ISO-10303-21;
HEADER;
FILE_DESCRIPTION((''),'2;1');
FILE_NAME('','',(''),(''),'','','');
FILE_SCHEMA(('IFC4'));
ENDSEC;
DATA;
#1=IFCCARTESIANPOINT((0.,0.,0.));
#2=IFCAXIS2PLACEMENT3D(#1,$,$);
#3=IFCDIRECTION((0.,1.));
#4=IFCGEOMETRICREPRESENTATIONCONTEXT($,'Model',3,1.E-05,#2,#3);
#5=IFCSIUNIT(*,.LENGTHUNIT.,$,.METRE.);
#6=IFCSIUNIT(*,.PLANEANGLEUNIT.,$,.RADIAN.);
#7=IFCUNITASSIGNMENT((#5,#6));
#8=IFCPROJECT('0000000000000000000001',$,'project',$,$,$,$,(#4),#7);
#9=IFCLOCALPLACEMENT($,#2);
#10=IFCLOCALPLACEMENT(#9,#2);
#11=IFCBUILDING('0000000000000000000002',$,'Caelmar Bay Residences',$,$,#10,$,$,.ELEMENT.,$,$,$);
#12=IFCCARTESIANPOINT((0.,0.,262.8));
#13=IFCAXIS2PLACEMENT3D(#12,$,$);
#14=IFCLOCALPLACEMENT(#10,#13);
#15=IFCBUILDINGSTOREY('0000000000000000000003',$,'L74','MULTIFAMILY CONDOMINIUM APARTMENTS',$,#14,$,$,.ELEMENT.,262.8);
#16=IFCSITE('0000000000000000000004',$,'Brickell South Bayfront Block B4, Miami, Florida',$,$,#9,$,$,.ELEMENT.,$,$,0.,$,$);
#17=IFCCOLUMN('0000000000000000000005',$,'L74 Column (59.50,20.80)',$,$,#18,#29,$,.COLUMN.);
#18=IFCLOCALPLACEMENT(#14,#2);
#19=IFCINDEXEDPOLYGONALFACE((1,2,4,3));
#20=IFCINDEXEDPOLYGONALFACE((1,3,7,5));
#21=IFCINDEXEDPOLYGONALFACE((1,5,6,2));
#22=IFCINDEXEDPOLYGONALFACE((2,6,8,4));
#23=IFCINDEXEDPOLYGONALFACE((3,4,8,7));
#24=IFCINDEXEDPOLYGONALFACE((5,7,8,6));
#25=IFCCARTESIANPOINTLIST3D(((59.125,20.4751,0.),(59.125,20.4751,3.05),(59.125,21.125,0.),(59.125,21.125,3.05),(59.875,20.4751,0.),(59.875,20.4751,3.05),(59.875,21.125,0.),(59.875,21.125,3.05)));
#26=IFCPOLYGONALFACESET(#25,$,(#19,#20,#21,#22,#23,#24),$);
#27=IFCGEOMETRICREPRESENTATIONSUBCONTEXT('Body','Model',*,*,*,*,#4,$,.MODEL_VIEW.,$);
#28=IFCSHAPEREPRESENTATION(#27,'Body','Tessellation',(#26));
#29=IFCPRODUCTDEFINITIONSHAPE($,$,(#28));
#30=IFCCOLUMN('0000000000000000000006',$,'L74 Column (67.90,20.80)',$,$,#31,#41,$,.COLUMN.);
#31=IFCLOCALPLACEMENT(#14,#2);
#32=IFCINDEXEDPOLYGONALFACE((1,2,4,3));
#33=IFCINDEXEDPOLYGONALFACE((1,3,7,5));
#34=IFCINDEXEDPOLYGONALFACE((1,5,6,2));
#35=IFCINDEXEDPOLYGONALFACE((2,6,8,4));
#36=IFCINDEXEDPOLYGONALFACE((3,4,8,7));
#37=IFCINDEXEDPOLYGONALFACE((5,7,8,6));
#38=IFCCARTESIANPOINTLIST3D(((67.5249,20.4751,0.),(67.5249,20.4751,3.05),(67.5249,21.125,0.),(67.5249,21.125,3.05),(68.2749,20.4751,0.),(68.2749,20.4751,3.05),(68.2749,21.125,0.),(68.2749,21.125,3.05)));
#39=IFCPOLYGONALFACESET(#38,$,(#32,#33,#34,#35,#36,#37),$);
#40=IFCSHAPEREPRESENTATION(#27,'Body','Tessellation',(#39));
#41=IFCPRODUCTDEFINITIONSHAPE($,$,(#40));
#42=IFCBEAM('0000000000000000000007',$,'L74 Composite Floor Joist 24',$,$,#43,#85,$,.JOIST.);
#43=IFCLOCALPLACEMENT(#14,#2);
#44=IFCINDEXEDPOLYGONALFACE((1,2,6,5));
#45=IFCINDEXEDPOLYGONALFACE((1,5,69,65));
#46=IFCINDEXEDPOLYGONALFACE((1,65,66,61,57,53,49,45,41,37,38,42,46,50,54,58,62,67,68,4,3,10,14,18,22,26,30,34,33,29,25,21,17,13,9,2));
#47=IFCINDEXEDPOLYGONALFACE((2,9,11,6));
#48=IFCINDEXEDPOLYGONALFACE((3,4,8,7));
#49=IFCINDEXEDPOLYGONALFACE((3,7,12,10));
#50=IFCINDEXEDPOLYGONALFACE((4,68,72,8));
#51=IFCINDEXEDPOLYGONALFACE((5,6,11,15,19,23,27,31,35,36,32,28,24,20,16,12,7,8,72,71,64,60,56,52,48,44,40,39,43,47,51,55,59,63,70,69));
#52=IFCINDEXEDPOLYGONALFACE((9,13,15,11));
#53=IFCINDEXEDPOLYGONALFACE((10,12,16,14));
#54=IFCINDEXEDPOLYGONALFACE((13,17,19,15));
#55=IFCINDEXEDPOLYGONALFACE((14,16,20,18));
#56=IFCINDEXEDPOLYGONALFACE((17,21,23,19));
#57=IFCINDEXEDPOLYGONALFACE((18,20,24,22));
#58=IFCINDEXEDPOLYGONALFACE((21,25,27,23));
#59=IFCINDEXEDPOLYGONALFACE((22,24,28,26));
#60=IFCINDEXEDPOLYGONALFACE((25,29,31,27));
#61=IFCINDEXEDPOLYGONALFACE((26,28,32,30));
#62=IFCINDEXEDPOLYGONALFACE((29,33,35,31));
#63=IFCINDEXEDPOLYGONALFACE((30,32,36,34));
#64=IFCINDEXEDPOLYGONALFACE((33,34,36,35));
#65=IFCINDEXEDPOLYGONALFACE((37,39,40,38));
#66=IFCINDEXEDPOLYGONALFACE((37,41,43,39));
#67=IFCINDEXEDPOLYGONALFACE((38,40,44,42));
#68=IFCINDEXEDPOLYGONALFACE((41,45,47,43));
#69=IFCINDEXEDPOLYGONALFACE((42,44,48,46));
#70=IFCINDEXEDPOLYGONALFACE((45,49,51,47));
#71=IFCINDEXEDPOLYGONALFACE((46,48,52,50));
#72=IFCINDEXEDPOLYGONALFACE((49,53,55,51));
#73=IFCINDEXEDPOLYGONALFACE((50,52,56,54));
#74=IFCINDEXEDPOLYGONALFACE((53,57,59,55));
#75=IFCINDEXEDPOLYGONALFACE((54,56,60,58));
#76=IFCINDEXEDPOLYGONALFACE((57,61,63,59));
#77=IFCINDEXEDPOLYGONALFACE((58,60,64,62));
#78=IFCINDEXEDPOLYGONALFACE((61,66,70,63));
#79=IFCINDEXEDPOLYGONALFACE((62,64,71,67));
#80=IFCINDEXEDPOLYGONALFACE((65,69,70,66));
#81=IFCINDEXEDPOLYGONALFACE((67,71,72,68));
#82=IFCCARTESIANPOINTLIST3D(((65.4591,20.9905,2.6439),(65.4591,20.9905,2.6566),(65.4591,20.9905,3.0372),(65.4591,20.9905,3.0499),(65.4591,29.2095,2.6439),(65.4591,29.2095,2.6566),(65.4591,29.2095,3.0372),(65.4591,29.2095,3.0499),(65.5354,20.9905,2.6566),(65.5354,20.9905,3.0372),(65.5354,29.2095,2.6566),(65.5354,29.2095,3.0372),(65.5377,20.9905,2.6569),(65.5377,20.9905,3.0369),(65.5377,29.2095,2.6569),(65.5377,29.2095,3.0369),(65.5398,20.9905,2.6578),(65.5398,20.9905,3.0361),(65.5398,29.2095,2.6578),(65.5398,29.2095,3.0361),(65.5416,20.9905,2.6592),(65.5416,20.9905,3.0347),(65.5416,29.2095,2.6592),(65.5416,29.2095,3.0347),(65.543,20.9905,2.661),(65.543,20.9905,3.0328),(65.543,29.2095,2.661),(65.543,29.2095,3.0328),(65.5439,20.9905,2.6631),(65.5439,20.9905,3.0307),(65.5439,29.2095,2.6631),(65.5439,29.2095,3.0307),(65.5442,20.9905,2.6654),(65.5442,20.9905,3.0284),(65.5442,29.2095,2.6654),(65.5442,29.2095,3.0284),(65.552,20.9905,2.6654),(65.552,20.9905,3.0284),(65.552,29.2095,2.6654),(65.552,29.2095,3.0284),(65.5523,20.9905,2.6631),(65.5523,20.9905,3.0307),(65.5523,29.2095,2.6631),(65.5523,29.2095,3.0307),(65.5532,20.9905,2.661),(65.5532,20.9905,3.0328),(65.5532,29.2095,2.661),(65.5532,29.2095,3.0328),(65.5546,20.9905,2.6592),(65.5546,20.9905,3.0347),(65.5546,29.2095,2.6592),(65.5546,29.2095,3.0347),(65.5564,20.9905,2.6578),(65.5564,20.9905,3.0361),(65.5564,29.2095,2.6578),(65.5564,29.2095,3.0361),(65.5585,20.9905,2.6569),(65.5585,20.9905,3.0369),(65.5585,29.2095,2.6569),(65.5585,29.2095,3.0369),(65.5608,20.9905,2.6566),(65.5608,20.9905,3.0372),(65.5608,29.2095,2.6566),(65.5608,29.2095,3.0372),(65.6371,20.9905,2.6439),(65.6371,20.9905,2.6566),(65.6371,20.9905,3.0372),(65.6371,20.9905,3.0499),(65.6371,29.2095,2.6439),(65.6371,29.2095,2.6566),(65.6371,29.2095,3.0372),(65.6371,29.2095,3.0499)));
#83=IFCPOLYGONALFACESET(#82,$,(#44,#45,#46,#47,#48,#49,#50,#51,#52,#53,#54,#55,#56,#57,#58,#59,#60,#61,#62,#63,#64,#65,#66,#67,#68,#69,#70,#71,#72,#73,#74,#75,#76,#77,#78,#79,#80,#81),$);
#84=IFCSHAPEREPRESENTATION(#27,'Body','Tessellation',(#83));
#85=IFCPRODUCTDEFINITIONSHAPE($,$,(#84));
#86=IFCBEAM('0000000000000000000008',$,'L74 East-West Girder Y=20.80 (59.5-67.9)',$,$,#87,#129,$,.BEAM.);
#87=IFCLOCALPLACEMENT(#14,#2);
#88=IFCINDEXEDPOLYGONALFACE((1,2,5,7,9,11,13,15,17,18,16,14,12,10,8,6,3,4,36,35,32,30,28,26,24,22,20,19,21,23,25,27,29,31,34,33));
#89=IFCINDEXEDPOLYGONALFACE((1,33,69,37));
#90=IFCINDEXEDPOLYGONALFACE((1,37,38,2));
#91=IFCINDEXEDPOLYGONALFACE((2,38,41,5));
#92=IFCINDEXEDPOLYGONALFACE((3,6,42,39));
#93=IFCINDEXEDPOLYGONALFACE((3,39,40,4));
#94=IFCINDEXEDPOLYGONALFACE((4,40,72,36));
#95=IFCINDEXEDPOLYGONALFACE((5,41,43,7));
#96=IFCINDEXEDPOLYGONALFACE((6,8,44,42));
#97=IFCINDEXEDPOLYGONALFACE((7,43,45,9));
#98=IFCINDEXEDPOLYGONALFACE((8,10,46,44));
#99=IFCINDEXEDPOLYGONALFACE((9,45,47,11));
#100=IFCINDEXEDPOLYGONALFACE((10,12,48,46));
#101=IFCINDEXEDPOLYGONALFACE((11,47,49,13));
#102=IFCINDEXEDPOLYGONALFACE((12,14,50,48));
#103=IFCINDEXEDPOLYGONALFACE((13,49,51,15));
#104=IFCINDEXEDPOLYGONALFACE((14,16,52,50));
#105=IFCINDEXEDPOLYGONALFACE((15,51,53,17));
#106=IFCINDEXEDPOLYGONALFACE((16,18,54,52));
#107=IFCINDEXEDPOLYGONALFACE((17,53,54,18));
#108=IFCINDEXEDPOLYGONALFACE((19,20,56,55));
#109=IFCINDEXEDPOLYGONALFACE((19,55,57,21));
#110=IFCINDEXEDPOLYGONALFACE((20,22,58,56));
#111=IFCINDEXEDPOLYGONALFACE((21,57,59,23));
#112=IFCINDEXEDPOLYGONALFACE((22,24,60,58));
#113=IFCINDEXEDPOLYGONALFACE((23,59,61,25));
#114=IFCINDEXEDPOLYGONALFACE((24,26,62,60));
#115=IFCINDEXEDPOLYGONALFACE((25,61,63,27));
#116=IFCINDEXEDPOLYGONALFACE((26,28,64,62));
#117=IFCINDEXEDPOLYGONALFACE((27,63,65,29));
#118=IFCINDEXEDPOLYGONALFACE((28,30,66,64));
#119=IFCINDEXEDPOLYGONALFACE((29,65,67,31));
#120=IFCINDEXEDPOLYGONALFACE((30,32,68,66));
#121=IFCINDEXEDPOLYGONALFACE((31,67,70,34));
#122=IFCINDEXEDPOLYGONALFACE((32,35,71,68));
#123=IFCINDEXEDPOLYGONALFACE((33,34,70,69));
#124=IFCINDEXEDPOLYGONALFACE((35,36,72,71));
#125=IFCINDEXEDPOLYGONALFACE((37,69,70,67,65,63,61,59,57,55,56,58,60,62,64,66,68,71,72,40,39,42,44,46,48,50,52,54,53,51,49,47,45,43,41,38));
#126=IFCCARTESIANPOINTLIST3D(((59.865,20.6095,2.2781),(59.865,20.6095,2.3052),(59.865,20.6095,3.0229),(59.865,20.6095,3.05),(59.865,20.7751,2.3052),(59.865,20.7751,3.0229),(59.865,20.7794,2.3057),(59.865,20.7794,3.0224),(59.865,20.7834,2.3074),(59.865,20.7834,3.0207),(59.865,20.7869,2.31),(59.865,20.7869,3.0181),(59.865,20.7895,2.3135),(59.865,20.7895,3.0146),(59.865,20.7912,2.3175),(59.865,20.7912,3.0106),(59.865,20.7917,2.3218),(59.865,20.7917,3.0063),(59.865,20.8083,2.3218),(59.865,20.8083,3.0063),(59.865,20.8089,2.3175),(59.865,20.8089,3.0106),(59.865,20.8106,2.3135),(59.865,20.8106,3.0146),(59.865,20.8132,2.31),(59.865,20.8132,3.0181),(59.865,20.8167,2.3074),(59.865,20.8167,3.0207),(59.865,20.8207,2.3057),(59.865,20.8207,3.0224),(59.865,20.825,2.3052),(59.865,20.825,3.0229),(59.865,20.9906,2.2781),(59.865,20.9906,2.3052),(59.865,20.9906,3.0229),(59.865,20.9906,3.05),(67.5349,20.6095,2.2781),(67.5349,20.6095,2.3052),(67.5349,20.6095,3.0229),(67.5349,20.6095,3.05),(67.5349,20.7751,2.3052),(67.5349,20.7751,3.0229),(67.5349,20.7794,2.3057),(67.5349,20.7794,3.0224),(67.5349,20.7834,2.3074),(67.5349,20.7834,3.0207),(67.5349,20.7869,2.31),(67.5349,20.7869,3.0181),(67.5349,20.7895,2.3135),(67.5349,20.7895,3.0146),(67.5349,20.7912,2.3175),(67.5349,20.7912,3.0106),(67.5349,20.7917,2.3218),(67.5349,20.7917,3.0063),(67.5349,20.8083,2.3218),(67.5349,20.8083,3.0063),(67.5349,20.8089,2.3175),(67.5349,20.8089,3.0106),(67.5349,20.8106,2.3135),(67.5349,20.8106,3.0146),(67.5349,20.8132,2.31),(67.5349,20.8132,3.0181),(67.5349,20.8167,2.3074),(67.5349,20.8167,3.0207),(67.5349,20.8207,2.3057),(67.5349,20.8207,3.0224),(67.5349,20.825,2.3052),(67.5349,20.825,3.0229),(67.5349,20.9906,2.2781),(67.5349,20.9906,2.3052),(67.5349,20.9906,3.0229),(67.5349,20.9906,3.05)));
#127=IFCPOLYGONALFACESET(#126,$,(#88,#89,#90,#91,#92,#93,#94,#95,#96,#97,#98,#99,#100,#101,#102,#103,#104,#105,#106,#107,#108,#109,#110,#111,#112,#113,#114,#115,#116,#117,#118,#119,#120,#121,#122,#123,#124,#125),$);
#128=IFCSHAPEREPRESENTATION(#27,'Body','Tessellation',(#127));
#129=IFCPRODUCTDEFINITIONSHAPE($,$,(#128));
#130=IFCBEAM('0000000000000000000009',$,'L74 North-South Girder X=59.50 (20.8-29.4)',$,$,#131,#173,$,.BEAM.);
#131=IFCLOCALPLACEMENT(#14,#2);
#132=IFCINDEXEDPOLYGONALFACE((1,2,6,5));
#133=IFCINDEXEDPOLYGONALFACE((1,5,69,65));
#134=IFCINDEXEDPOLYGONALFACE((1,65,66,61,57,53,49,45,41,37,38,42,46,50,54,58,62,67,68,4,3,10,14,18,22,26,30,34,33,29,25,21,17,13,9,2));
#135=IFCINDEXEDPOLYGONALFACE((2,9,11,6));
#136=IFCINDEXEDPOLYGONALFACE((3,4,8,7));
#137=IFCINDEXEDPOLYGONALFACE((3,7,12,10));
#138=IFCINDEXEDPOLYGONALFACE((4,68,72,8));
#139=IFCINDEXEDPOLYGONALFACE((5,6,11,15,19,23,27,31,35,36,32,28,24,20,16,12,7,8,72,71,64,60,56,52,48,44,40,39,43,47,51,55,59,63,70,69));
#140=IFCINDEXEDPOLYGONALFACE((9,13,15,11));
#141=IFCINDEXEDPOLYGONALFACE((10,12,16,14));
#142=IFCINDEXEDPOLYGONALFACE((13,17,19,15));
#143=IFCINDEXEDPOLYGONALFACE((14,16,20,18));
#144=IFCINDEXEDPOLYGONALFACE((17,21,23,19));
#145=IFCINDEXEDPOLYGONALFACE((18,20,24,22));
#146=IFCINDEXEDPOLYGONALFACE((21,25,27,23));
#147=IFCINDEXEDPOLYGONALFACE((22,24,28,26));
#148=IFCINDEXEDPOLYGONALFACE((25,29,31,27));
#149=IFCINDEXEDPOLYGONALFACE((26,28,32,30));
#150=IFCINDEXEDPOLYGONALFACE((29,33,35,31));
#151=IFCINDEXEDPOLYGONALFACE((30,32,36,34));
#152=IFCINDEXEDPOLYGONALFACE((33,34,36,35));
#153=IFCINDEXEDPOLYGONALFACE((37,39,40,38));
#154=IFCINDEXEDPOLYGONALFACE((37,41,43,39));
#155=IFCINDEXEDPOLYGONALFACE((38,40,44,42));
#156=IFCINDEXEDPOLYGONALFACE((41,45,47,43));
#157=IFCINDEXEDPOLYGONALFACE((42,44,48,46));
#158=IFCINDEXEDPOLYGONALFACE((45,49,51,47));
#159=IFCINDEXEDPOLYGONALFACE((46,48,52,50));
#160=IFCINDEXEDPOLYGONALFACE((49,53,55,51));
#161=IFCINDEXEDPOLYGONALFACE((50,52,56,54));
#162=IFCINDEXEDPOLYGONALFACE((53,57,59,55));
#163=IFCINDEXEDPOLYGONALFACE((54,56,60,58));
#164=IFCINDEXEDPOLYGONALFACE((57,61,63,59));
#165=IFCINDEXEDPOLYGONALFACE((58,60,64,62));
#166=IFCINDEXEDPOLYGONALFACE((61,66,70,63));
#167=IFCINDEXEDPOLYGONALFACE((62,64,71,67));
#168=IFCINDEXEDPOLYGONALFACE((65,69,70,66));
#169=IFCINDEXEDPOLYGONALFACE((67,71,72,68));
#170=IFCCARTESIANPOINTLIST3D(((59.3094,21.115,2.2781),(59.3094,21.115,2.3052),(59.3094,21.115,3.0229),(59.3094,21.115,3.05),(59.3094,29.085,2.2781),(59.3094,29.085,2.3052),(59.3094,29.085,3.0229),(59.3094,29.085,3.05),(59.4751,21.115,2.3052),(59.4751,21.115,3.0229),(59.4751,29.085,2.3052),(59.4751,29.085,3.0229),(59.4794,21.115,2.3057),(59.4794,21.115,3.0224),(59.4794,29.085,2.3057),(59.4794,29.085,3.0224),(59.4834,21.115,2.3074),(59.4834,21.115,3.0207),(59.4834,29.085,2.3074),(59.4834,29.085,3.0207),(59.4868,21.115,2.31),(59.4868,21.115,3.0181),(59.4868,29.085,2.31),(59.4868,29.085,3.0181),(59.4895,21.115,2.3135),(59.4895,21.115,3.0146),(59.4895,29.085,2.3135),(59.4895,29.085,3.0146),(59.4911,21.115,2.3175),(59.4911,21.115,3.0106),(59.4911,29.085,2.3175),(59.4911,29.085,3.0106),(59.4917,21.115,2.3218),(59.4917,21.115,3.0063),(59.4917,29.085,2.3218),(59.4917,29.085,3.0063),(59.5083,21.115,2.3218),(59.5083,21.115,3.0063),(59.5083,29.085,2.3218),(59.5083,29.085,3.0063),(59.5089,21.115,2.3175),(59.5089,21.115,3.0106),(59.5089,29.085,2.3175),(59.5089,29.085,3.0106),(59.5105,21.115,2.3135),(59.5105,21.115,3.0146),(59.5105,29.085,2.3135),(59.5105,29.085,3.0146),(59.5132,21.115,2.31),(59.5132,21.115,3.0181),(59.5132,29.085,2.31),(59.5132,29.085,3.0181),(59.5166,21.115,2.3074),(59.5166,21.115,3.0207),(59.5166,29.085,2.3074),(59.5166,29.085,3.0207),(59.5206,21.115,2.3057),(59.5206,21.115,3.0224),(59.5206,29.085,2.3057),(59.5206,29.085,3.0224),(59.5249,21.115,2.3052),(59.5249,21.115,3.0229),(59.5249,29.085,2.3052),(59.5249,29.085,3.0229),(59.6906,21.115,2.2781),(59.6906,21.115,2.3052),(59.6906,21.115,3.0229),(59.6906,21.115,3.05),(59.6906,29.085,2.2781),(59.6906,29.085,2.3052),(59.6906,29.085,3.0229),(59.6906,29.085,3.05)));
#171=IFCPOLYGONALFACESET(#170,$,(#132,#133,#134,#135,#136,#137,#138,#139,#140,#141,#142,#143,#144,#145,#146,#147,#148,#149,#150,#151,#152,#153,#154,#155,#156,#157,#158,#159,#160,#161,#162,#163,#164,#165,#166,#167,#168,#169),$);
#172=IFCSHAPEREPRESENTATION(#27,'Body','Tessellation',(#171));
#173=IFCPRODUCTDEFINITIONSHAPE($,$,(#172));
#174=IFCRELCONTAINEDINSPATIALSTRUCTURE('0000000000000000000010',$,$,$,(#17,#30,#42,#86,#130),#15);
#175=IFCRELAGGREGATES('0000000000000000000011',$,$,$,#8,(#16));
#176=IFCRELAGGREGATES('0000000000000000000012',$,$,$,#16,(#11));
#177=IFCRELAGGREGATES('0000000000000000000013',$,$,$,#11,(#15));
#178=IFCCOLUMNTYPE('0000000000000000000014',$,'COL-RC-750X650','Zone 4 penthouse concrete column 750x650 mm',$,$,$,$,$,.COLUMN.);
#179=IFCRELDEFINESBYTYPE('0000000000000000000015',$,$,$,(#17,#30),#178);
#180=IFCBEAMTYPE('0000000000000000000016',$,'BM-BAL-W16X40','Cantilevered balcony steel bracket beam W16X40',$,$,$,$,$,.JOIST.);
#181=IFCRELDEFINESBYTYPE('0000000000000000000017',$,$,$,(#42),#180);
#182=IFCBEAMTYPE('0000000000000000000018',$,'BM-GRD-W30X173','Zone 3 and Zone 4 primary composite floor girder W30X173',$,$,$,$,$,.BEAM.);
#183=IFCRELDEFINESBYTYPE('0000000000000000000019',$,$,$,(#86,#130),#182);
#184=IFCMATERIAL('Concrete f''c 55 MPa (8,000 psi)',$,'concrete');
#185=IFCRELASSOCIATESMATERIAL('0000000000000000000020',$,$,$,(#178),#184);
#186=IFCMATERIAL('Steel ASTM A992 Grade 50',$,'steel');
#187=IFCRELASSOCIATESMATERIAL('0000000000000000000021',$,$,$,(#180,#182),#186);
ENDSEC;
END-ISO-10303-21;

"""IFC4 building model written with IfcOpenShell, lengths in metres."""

from ifc_helpers import new_model, si_unit, direction, frame, origin, origin_2d, place, context, subcontext, project, spatial, rectangle, i_section, extrude, material, material_profile, profile_set, type_object, element, save


model = new_model("IFC4")

# Units and contexts
model_context = context("Model", 3, precision=1e-05, world=origin(), true_north=direction((0.0, 1.0)))
body_context = subcontext(model_context, "Body", "Model", "MODEL_VIEW")
ifc_project = project(units=[si_unit("LENGTHUNIT", "METRE"), si_unit("PLANEANGLEUNIT", "RADIAN")], contexts=[model_context])

# Site, building, storey
site_placement = place(None, origin())
site = spatial("IfcSite", under=ifc_project, at=site_placement, Name="Brickell South Bayfront Block B4, Miami, Florida", CompositionType="ELEMENT", RefElevation=0.0)
building_placement = place(site_placement, origin())
building = spatial("IfcBuilding", under=site, at=building_placement, Name="Caelmar Bay Residences", CompositionType="ELEMENT")
storey_placement = place(building_placement, frame((0.0, 0.0, 262.8)))
storey = spatial("IfcBuildingStorey", under=building, at=storey_placement, Name="L74", Description="MULTIFAMILY CONDOMINIUM APARTMENTS", CompositionType="ELEMENT", Elevation=262.8)

# Columns
ifc_material_1 = material(Name="Concrete f'c 55 MPa (8,000 psi)", Category="concrete")
ifc_material_profile_1 = material_profile(ifc_material_1, rectangle(XDim=0.75, YDim=0.6499, at=origin_2d()), Name="RC-COL-750X650")
ifc_profile_set_1 = profile_set([ifc_material_profile_1], Name="Concrete f'c 55 MPa (8,000 psi)")
column_type = type_object("IfcColumnType", Name="COL-RC-750X650", Description="Zone 4 penthouse concrete column 750x650 mm", PredefinedType="COLUMN", material=ifc_profile_set_1)
for number, where, z_axis, x_axis, name in (
    (1, (59.5, 20.8, 0.0), (0.0, 0.0, 1.0), (1.0, 0.0, 0.0), "L74 Column (59.50,20.80)"),
    (2, (67.8999, 20.8, 0.0), (0.0, 0.0, 1.0), (1.0, 0.0, 0.0), "L74 Column (67.90,20.80)"),
):
    element("IfcColumn", number, at=place(storey_placement, frame(where, z_axis=z_axis, x_axis=x_axis)), inside=storey, type_object=column_type, Name=name, PredefinedType="COLUMN", context=body_context, shape_type="SweptSolid", body=[
        extrude(rectangle(XDim=0.75, YDim=0.6499, at=origin_2d()), origin(), (0.0, 0.0, 1.0), 3.05),
    ])

# Beams
ifc_material_2 = material(Name="Steel ASTM A992 Grade 50", Category="steel")
ifc_material_profile_2 = material_profile(ifc_material_2, i_section(OverallWidth=0.178, OverallDepth=0.406, WebThickness=0.0078, FlangeThickness=0.0127, FilletRadius=0.0088, at=origin_2d()), Name="W16X40")
ifc_profile_set_2 = profile_set([ifc_material_profile_2], Name="Steel ASTM A992 Grade 50")
beam_type_1 = type_object("IfcBeamType", Name="BM-BAL-W16X40", Description="Cantilevered balcony steel bracket beam W16X40", PredefinedType="JOIST", material=ifc_profile_set_2)
beam_1_placement = place(storey_placement, frame((65.5481, 20.9905, 2.8469), z_axis=(0.0, 1.0, 0.0), x_axis=(-1.0, 0.0, 0.0)))
element("IfcBeam", 3, at=beam_1_placement, inside=storey, type_object=beam_type_1, Name="L74 Composite Floor Joist 24", PredefinedType="JOIST", context=body_context, shape_type="SweptSolid", body=[
    extrude(i_section(OverallWidth=0.178, OverallDepth=0.406, WebThickness=0.0078, FlangeThickness=0.0127, FilletRadius=0.0088, at=origin_2d()), origin(), (0.0, 0.0, 1.0), 8.219),
])
ifc_material_profile_3 = material_profile(ifc_material_2, i_section(OverallWidth=0.3811, OverallDepth=0.772, WebThickness=0.0166, FlangeThickness=0.0271, FilletRadius=0.0166, at=origin_2d()), Name="W30X173")
ifc_profile_set_3 = profile_set([ifc_material_profile_3], Name="Steel ASTM A992 Grade 50")
beam_type_2 = type_object("IfcBeamType", Name="BM-GRD-W30X173", Description="Zone 3 and Zone 4 primary composite floor girder W30X173", PredefinedType="BEAM", material=ifc_profile_set_3)
beam_2_placement = place(storey_placement, frame((59.865, 20.8, 2.6641), z_axis=(1.0, 0.0, 0.0), x_axis=(0.0, 1.0, 0.0)))
element("IfcBeam", 4, at=beam_2_placement, inside=storey, type_object=beam_type_2, Name="L74 East-West Girder Y=20.80 (59.5-67.9)", PredefinedType="BEAM", context=body_context, shape_type="SweptSolid", body=[
    extrude(i_section(OverallWidth=0.3811, OverallDepth=0.772, WebThickness=0.0166, FlangeThickness=0.0271, FilletRadius=0.0166, at=origin_2d()), origin(), (0.0, 0.0, 1.0), 7.6699),
])
for number, where, z_axis, x_axis, name in (
    (5, (59.5, 21.115, 2.6641), (0.0, 1.0, 0.0), (-1.0, 0.0, 0.0), "L74 North-South Girder X=59.50 (20.8-29.4)"),
):
    element("IfcBeam", number, at=place(storey_placement, frame(where, z_axis=z_axis, x_axis=x_axis)), inside=storey, type_object=beam_type_2, Name=name, PredefinedType="BEAM", context=body_context, shape_type="SweptSolid", body=[
        extrude(i_section(OverallWidth=0.3811, OverallDepth=0.772, WebThickness=0.0166, FlangeThickness=0.0271, FilletRadius=0.0166, at=origin_2d()), origin(), (0.0, 0.0, 1.0), 7.97),
    ])

save(model, "model.ifc")
